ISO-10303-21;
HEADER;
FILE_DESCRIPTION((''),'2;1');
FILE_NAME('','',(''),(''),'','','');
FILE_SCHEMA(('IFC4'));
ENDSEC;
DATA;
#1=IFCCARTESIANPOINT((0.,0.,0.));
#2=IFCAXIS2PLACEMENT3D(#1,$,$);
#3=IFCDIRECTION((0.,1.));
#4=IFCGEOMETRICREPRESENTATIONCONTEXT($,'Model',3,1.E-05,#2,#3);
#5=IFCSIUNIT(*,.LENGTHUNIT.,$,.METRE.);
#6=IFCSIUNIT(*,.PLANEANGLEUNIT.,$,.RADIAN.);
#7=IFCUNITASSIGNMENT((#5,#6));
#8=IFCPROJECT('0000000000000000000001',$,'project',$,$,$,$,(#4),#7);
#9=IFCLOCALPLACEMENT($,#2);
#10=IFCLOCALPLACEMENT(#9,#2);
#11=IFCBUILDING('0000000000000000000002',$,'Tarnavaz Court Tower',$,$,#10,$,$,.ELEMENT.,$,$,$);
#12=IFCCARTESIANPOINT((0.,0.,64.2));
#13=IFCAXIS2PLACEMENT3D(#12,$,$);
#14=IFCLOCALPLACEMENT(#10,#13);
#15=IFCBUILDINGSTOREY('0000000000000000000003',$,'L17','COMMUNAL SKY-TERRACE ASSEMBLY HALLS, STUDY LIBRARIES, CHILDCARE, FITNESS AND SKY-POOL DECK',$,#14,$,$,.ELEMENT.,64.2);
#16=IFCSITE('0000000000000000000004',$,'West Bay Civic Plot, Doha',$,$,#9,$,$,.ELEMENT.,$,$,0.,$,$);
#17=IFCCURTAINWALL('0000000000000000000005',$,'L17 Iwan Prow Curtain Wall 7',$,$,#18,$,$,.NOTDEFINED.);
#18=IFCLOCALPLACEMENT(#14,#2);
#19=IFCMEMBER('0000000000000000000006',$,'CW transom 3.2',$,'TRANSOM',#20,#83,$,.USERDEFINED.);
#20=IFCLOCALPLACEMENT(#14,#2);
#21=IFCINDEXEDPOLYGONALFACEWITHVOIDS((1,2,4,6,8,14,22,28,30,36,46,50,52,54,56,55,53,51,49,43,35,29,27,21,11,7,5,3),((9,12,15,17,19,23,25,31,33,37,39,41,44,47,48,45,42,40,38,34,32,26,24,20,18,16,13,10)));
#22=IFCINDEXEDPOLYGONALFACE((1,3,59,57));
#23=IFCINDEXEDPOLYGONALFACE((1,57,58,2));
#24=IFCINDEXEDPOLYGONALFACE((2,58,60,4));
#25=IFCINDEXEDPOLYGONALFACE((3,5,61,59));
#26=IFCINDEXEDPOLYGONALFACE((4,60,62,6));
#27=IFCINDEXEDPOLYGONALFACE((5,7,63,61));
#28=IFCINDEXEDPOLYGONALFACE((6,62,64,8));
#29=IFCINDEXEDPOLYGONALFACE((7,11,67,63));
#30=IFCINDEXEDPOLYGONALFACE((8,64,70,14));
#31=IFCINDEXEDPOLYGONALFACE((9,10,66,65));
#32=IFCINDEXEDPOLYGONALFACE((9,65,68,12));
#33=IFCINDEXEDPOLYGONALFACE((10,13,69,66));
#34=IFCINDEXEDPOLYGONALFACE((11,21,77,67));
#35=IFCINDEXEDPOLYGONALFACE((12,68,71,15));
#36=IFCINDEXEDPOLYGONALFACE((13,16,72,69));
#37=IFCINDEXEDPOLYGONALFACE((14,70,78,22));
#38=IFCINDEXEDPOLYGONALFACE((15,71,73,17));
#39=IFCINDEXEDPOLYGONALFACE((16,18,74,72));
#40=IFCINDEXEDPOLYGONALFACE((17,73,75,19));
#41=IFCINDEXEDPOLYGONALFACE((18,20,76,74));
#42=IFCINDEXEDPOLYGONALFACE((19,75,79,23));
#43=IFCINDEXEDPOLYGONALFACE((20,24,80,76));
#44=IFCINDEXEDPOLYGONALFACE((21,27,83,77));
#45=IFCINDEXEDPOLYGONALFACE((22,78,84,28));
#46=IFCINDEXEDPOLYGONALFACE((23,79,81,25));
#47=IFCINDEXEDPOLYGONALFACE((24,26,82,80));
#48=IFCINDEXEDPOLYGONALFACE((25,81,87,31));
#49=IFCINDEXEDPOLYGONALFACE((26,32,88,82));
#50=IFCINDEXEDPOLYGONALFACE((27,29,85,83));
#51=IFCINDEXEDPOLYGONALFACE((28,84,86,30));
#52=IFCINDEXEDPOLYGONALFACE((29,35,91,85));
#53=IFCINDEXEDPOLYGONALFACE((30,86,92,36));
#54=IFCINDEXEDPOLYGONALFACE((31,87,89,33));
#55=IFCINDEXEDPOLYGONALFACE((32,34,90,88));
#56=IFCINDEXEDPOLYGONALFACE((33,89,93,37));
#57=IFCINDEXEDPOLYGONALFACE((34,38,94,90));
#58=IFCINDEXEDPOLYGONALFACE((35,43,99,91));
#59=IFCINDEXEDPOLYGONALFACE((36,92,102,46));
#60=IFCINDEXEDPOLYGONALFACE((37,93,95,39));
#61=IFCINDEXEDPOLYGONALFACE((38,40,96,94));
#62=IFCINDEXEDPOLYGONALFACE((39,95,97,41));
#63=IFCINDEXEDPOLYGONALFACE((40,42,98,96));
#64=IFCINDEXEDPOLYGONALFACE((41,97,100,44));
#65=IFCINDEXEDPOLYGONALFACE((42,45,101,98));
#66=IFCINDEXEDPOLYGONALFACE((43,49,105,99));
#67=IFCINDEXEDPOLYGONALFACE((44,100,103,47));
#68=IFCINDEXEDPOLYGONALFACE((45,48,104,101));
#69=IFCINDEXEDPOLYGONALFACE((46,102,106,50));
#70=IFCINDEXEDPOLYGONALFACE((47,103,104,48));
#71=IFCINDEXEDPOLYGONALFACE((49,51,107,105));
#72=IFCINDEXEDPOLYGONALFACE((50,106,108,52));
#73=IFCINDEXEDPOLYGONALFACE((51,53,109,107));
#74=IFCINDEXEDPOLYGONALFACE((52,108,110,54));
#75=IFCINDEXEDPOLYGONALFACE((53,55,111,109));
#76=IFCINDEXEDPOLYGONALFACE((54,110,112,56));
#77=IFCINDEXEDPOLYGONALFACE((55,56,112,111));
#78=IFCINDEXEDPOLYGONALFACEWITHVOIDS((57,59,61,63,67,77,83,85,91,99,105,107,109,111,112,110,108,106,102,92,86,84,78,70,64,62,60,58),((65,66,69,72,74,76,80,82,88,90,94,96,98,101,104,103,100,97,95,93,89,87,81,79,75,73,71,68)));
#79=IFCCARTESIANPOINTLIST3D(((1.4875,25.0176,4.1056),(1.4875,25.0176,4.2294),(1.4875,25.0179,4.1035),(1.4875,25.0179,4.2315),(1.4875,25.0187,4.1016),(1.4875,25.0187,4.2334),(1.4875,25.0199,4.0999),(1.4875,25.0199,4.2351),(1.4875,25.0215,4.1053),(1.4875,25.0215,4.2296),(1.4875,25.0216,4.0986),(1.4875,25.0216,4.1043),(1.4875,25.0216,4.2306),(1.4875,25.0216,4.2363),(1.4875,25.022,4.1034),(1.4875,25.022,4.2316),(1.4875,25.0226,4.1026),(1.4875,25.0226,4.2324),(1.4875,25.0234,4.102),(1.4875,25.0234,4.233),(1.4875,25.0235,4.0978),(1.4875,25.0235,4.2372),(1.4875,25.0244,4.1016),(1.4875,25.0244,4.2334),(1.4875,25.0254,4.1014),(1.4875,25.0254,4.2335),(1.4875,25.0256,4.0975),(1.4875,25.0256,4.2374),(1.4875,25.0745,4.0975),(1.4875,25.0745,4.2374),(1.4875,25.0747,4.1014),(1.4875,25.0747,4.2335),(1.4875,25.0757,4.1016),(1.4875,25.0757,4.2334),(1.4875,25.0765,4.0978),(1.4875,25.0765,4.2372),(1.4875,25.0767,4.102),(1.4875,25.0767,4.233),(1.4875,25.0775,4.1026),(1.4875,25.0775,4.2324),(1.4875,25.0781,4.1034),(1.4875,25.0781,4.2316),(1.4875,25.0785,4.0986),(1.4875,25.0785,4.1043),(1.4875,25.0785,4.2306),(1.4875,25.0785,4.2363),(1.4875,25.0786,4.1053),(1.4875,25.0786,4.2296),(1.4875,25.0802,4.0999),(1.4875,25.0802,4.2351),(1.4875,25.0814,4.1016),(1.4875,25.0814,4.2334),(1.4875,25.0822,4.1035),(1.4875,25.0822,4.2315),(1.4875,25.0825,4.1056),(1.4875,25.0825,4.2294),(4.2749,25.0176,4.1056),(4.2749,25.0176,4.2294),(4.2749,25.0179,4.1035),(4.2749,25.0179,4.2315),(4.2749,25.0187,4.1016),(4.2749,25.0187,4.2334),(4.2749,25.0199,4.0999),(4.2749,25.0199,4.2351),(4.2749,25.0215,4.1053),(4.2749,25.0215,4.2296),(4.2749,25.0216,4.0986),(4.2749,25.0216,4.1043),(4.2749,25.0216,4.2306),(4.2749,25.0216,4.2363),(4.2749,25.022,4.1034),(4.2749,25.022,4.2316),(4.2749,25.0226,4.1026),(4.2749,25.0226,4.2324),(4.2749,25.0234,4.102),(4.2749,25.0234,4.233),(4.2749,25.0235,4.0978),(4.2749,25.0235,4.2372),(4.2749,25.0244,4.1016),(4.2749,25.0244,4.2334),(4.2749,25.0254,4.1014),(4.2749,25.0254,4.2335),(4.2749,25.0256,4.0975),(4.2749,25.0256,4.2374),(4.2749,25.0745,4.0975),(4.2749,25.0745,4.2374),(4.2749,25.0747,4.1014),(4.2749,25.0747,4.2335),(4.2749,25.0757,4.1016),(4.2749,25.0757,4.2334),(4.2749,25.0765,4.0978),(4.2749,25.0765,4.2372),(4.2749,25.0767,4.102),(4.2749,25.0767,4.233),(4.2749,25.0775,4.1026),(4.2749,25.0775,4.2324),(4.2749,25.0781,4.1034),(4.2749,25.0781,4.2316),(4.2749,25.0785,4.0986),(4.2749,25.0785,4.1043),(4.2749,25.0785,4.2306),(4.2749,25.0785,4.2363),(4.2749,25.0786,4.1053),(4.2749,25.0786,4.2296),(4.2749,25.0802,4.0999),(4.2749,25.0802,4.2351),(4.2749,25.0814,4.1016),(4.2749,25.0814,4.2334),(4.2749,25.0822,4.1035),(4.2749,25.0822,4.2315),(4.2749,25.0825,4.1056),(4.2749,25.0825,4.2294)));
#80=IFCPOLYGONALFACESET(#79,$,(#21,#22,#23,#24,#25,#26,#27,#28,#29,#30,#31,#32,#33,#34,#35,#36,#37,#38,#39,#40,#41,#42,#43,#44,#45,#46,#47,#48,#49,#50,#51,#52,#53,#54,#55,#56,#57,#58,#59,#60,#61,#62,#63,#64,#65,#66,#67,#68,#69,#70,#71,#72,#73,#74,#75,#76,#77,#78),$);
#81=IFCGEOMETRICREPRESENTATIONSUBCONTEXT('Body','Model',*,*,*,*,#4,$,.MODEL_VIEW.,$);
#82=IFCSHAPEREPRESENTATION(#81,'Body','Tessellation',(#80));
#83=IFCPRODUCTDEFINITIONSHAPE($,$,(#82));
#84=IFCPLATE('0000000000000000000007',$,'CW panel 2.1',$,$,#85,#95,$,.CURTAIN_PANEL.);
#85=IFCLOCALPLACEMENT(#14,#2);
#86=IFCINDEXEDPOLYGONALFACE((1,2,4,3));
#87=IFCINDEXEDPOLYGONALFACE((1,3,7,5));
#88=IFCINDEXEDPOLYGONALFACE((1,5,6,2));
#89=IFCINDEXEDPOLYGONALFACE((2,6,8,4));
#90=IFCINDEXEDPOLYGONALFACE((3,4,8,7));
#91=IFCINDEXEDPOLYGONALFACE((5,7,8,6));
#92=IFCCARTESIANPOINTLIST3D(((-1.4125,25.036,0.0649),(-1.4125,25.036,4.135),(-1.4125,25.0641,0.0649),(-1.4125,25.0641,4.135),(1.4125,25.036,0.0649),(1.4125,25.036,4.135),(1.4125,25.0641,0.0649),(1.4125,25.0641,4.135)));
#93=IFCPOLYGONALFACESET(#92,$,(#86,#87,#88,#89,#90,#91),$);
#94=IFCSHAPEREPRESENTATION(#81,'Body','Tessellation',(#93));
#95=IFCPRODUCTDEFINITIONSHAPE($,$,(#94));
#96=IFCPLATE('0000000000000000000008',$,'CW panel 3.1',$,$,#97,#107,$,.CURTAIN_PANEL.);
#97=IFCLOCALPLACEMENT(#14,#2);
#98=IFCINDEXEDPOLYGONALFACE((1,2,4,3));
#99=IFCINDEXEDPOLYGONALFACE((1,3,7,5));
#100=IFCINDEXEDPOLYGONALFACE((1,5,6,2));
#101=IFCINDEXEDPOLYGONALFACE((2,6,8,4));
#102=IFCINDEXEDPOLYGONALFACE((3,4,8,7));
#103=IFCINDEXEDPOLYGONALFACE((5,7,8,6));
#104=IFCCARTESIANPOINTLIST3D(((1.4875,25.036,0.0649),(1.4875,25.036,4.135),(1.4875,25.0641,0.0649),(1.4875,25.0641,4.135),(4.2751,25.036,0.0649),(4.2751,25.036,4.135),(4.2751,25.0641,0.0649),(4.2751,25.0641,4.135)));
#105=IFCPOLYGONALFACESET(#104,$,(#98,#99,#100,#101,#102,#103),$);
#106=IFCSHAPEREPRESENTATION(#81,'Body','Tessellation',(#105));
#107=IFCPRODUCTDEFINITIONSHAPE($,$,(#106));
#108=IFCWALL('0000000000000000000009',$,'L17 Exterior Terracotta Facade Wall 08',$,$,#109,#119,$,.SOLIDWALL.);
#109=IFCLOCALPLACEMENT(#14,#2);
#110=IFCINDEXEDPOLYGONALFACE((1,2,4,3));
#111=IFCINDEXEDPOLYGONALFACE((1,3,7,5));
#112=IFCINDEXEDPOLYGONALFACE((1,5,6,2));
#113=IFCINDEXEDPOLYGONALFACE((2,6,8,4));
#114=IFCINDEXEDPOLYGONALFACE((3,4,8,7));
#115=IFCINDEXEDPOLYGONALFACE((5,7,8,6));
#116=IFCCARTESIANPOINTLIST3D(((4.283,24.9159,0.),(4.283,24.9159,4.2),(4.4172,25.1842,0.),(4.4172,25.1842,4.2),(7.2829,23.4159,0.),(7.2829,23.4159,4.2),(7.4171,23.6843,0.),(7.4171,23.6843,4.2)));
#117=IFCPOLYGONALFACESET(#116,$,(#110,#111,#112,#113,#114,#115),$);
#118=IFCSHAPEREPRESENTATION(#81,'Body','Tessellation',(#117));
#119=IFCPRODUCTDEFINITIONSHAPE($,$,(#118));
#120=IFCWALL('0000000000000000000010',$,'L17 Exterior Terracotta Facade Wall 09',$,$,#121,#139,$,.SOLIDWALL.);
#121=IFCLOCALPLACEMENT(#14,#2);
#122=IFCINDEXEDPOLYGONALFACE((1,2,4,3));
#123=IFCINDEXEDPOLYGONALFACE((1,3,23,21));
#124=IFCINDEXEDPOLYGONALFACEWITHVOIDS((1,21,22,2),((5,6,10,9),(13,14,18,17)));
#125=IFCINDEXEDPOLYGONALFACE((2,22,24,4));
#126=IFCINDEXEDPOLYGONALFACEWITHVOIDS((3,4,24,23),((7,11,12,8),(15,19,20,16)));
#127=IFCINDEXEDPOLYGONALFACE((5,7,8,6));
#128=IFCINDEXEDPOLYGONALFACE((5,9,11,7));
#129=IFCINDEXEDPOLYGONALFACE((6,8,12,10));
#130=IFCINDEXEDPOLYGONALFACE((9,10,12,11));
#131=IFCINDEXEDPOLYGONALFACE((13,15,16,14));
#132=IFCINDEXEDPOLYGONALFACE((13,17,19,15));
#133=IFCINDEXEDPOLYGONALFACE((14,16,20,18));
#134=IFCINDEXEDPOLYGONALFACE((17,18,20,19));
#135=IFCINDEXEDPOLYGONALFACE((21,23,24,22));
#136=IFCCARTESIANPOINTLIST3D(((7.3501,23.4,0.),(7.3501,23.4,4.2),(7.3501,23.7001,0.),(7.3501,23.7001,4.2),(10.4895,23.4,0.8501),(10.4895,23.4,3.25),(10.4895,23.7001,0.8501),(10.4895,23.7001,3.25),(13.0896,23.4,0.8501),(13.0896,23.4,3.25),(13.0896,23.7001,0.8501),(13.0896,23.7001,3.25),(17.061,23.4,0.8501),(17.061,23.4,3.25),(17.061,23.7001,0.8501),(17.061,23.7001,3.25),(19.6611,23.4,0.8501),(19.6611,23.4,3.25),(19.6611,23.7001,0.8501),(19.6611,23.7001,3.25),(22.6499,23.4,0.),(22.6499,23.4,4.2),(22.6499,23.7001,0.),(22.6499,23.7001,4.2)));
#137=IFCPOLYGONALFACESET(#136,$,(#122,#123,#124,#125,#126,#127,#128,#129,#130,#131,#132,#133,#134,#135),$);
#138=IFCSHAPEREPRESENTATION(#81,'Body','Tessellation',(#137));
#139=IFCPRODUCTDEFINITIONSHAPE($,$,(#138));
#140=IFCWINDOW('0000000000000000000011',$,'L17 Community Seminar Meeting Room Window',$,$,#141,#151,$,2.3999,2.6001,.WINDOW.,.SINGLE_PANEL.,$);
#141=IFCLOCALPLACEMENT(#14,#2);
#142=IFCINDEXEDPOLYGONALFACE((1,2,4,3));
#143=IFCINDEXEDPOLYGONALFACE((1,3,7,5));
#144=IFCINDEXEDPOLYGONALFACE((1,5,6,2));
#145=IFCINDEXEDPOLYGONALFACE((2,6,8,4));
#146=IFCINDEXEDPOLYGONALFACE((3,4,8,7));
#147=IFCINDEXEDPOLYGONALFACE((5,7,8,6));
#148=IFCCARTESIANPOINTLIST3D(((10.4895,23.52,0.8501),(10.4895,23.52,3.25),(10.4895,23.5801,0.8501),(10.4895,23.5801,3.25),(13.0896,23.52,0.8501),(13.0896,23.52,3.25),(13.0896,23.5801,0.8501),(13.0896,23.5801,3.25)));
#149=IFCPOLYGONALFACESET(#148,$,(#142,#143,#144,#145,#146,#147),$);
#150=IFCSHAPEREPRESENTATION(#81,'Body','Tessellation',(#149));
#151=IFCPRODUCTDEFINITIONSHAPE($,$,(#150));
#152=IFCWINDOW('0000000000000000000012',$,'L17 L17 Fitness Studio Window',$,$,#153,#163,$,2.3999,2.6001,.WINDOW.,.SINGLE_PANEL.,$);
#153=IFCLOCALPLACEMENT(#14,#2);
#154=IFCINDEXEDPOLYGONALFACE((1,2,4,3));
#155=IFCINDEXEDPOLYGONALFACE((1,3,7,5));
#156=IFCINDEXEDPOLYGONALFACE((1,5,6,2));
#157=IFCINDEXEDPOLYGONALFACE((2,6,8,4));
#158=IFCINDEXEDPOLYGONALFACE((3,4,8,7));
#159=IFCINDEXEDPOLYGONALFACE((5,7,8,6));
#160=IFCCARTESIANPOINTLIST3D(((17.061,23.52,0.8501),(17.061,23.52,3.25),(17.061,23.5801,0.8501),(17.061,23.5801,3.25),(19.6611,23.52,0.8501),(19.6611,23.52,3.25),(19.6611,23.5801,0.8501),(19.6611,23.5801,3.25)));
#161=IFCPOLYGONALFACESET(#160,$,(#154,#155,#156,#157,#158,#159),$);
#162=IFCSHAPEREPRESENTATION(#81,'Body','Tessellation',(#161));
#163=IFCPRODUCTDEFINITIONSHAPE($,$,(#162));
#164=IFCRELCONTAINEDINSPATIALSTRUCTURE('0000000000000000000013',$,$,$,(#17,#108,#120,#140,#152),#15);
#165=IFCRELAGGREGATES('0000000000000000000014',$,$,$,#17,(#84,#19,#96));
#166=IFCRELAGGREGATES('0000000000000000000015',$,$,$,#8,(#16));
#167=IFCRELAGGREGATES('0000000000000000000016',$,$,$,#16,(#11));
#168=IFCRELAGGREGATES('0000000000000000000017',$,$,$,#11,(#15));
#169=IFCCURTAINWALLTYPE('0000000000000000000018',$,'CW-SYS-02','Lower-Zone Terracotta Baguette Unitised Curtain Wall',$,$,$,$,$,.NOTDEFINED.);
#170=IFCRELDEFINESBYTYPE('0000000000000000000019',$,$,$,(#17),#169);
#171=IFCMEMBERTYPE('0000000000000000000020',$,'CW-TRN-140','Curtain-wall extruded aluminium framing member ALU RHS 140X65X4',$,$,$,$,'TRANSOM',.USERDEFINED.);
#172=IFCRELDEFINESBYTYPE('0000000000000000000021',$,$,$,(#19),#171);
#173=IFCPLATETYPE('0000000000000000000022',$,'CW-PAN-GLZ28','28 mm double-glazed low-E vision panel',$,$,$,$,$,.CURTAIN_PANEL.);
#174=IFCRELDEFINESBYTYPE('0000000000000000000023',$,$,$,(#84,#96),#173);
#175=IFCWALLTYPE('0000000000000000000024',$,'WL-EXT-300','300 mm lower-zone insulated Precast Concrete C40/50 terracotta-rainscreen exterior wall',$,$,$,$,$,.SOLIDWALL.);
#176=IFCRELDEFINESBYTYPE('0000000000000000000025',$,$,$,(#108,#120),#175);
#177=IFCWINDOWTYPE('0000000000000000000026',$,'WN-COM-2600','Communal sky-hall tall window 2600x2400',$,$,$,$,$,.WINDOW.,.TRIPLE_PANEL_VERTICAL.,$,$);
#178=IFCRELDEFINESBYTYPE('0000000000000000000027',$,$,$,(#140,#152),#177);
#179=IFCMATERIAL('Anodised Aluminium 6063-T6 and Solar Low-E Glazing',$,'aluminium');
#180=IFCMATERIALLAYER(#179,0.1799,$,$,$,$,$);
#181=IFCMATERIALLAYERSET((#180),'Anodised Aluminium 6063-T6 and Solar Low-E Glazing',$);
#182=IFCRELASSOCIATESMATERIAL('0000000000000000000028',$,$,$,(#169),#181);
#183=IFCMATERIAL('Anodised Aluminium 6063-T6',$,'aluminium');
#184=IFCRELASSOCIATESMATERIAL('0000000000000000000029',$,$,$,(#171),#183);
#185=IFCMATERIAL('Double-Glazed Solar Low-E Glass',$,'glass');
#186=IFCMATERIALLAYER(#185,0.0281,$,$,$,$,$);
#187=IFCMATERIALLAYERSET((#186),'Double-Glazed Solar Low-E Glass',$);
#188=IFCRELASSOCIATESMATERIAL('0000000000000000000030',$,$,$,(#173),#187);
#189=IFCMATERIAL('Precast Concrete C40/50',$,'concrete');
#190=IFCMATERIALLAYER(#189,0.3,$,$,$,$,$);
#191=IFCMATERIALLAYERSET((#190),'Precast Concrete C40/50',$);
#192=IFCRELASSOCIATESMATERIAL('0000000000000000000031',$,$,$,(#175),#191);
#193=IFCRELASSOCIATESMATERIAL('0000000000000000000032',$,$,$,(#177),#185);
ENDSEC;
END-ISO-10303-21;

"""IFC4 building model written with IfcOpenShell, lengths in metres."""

from ifc_helpers import new_model, si_unit, direction, frame, frame_2d, origin, origin_2d, place, context, subcontext, project, spatial, rectangle, hollow_rectangle, extrude, material, layer, layer_set, material_profile, profile_set, type_object, element, fill, aggregate, save


model = new_model("IFC4")

# Units and contexts
model_context = context("Model", 3, precision=1e-05, world=origin(), true_north=direction((0.0, 1.0)))
body_context = subcontext(model_context, "Body", "Model", "MODEL_VIEW")
ifc_project = project(units=[si_unit("LENGTHUNIT", "METRE"), si_unit("PLANEANGLEUNIT", "RADIAN")], contexts=[model_context])

# Site, building, storey
site_placement = place(None, origin())
site = spatial("IfcSite", under=ifc_project, at=site_placement, Name="West Bay Civic Plot, Doha", CompositionType="ELEMENT", RefElevation=0.0)
building_placement = place(site_placement, origin())
building = spatial("IfcBuilding", under=site, at=building_placement, Name="Tarnavaz Court Tower", CompositionType="ELEMENT")
storey_placement = place(building_placement, frame((0.0, 0.0, 64.2)))
storey = spatial("IfcBuildingStorey", under=building, at=storey_placement, Name="L17", Description="COMMUNAL SKY-TERRACE ASSEMBLY HALLS, STUDY LIBRARIES, CHILDCARE, FITNESS AND SKY-POOL DECK", CompositionType="ELEMENT", Elevation=64.2)

# Curtain wall, member, plates
ifc_material_1 = material(Name="Anodised Aluminium 6063-T6 and Solar Low-E Glazing", Category="aluminium")
ifc_layer_1 = layer(ifc_material_1, 0.1799)
ifc_layer_set_1 = layer_set([ifc_layer_1], Name="Anodised Aluminium 6063-T6 and Solar Low-E Glazing")
curtain_wall_type = type_object("IfcCurtainWallType", Name="CW-SYS-02", Description="Lower-Zone Terracotta Baguette Unitised Curtain Wall", PredefinedType="NOTDEFINED", material=ifc_layer_set_1)
curtain_wall_placement = place(storey_placement, origin())
curtain_wall = element("IfcCurtainWall", 1, at=curtain_wall_placement, inside=storey, type_object=curtain_wall_type, Name="L17 Iwan Prow Curtain Wall 7", PredefinedType="NOTDEFINED")
ifc_material_2 = material(Name="Anodised Aluminium 6063-T6", Category="aluminium")
ifc_material_profile_1 = material_profile(ifc_material_2, hollow_rectangle(XDim=0.0649, YDim=0.1399, WallThickness=0.0039, InnerFilletRadius=0.0039, OuterFilletRadius=0.0081, at=origin_2d()), Name="ALU RHS 140X65X4")
ifc_profile_set_1 = profile_set([ifc_material_profile_1], Name="Anodised Aluminium 6063-T6")
member_type_1 = type_object("IfcMemberType", Name="CW-TRN-140", Description="Curtain-wall extruded aluminium framing member ALU RHS 140X65X4", ElementType="TRANSOM", PredefinedType="USERDEFINED", material=ifc_profile_set_1)
member_1_placement = place(storey_placement, frame((1.4875, 25.05, 4.1675), z_axis=(1.0, 0.0, 0.0), x_axis=(0.0, 1.0, 0.0)))
member_1 = element("IfcMember", 2, at=member_1_placement, type_object=member_type_1, Name="CW transom 3.2", ObjectType="TRANSOM", PredefinedType="USERDEFINED", context=body_context, shape_type="SweptSolid", body=[
    extrude(hollow_rectangle(XDim=0.0649, YDim=0.1399, WallThickness=0.0039, InnerFilletRadius=0.0039, OuterFilletRadius=0.0081, at=origin_2d()), origin(), (0.0, 0.0, 1.0), 2.7874),
])
ifc_material_3 = material(Name="Double-Glazed Solar Low-E Glass", Category="glass")
ifc_layer_2 = layer(ifc_material_3, 0.0281)
ifc_layer_set_2 = layer_set([ifc_layer_2], Name="Double-Glazed Solar Low-E Glass")
plate_type = type_object("IfcPlateType", Name="CW-PAN-GLZ28", Description="28 mm double-glazed low-E vision panel", PredefinedType="CURTAIN_PANEL", material=ifc_layer_set_2)
plate_1_placement = place(storey_placement, frame((0.0, 25.05, 0.0649), z_axis=(0.0, 0.0, 1.0), x_axis=(1.0, 0.0, 0.0)))
plate_1 = element("IfcPlate", 3, at=plate_1_placement, type_object=plate_type, Name="CW panel 2.1", PredefinedType="CURTAIN_PANEL", context=body_context, shape_type="SweptSolid", body=[
    extrude(rectangle(XDim=2.825, YDim=0.0281, at=origin_2d()), origin(), (0.0, 0.0, 1.0), 4.0701),
])
plate_2_placement = place(storey_placement, frame((2.8813, 25.05, 0.0649), z_axis=(0.0, 0.0, 1.0), x_axis=(1.0, 0.0, 0.0)))
plate_2 = element("IfcPlate", 4, at=plate_2_placement, type_object=plate_type, Name="CW panel 3.1", PredefinedType="CURTAIN_PANEL", context=body_context, shape_type="SweptSolid", body=[
    extrude(rectangle(XDim=2.7876, YDim=0.0281, at=origin_2d()), origin(), (0.0, 0.0, 1.0), 4.0701),
])
aggregate(curtain_wall, [plate_1, member_1, plate_2])

# Wall
ifc_material_4 = material(Name="Precast Concrete C40/50", Category="concrete")
ifc_layer_3 = layer(ifc_material_4, 0.3)
ifc_layer_set_3 = layer_set([ifc_layer_3], Name="Precast Concrete C40/50")
wall_type_1 = type_object("IfcWallType", Name="WL-EXT-300", Description="300 mm lower-zone insulated Precast Concrete C40/50 terracotta-rainscreen exterior wall", PredefinedType="SOLIDWALL", material=ifc_layer_set_3)
wall_1_placement = place(storey_placement, frame((4.3501, 25.05, 0.0), z_axis=(0.0, 0.0, 1.0), x_axis=(0.894427, -0.447214, 0.0)))
element("IfcWall", 5, at=wall_1_placement, inside=storey, type_object=wall_type_1, Name="L17 Exterior Terracotta Facade Wall 08", PredefinedType="SOLIDWALL", context=body_context, shape_type="SweptSolid", body=[
    extrude(rectangle(XDim=3.354, YDim=0.3, at=frame_2d((1.677, 0.0))), origin(), (0.0, 0.0, 1.0), 4.2),
])

# Wall, openings, windows
wall_2_placement = place(storey_placement, frame((7.3501, 23.55, 0.0), z_axis=(0.0, 0.0, 1.0), x_axis=(1.0, 0.0, 0.0)))
wall_2 = element("IfcWall", 6, at=wall_2_placement, inside=storey, type_object=wall_type_1, Name="L17 Exterior Terracotta Facade Wall 09", PredefinedType="SOLIDWALL", context=body_context, shape_type="SweptSolid", body=[
    extrude(rectangle(XDim=15.2998, YDim=0.3, at=frame_2d((7.6499, 0.0))), origin(), (0.0, 0.0, 1.0), 4.2),
])
opening_1_placement = place(wall_2_placement, frame((3.1394, 0.0, 0.8501)))
opening_1 = element("IfcOpeningElement", 7, at=opening_1_placement, cuts=wall_2, PredefinedType="OPENING", context=body_context, shape_type="SweptSolid", body=[
    extrude(rectangle(XDim=2.6001, YDim=2.3999, at=frame_2d((1.3, 1.2))), frame((0.0, 0.1599, 0.0), z_axis=(0.0, -1.0, 0.0), x_axis=(1.0, 0.0, 0.0)), (0.0, 0.0, 1.0), 0.3201),
])
opening_2_placement = place(wall_2_placement, frame((9.7109, 0.0, 0.8501)))
opening_2 = element("IfcOpeningElement", 8, at=opening_2_placement, cuts=wall_2, PredefinedType="OPENING", context=body_context, shape_type="SweptSolid", body=[
    extrude(rectangle(XDim=2.6001, YDim=2.3999, at=frame_2d((1.3, 1.2))), frame((0.0, 0.1599, 0.0), z_axis=(0.0, -1.0, 0.0), x_axis=(1.0, 0.0, 0.0)), (0.0, 0.0, 1.0), 0.3201),
])
window_type = type_object("IfcWindowType", Name="WN-COM-2600", Description="Communal sky-hall tall window 2600x2400", PartitioningType="TRIPLE_PANEL_VERTICAL", PredefinedType="WINDOW", material=ifc_material_3)
window_1_placement = place(opening_1_placement, origin())
window_1 = element("IfcWindow", 9, at=window_1_placement, inside=storey, type_object=window_type, Name="L17 Community Seminar Meeting Room Window", OverallHeight=2.3999, OverallWidth=2.6001, PartitioningType="SINGLE_PANEL", PredefinedType="WINDOW", context=body_context, shape_type="SweptSolid", body=[
    extrude(rectangle(XDim=2.6001, YDim=2.3999, at=frame_2d((1.3, 1.2))), frame((0.0, 0.03, 0.0), z_axis=(0.0, -1.0, 0.0), x_axis=(1.0, 0.0, 0.0)), (0.0, 0.0, 1.0), 0.0601),
])
fill(opening_1, window_1)
window_2_placement = place(opening_2_placement, origin())
window_2 = element("IfcWindow", 10, at=window_2_placement, inside=storey, type_object=window_type, Name="L17 L17 Fitness Studio Window", OverallHeight=2.3999, OverallWidth=2.6001, PartitioningType="SINGLE_PANEL", PredefinedType="WINDOW", context=body_context, shape_type="SweptSolid", body=[
    extrude(rectangle(XDim=2.6001, YDim=2.3999, at=frame_2d((1.3, 1.2))), frame((0.0, 0.03, 0.0), z_axis=(0.0, -1.0, 0.0), x_axis=(1.0, 0.0, 0.0)), (0.0, 0.0, 1.0), 0.0601),
])
fill(opening_2, window_2)

save(model, "model.ifc")
